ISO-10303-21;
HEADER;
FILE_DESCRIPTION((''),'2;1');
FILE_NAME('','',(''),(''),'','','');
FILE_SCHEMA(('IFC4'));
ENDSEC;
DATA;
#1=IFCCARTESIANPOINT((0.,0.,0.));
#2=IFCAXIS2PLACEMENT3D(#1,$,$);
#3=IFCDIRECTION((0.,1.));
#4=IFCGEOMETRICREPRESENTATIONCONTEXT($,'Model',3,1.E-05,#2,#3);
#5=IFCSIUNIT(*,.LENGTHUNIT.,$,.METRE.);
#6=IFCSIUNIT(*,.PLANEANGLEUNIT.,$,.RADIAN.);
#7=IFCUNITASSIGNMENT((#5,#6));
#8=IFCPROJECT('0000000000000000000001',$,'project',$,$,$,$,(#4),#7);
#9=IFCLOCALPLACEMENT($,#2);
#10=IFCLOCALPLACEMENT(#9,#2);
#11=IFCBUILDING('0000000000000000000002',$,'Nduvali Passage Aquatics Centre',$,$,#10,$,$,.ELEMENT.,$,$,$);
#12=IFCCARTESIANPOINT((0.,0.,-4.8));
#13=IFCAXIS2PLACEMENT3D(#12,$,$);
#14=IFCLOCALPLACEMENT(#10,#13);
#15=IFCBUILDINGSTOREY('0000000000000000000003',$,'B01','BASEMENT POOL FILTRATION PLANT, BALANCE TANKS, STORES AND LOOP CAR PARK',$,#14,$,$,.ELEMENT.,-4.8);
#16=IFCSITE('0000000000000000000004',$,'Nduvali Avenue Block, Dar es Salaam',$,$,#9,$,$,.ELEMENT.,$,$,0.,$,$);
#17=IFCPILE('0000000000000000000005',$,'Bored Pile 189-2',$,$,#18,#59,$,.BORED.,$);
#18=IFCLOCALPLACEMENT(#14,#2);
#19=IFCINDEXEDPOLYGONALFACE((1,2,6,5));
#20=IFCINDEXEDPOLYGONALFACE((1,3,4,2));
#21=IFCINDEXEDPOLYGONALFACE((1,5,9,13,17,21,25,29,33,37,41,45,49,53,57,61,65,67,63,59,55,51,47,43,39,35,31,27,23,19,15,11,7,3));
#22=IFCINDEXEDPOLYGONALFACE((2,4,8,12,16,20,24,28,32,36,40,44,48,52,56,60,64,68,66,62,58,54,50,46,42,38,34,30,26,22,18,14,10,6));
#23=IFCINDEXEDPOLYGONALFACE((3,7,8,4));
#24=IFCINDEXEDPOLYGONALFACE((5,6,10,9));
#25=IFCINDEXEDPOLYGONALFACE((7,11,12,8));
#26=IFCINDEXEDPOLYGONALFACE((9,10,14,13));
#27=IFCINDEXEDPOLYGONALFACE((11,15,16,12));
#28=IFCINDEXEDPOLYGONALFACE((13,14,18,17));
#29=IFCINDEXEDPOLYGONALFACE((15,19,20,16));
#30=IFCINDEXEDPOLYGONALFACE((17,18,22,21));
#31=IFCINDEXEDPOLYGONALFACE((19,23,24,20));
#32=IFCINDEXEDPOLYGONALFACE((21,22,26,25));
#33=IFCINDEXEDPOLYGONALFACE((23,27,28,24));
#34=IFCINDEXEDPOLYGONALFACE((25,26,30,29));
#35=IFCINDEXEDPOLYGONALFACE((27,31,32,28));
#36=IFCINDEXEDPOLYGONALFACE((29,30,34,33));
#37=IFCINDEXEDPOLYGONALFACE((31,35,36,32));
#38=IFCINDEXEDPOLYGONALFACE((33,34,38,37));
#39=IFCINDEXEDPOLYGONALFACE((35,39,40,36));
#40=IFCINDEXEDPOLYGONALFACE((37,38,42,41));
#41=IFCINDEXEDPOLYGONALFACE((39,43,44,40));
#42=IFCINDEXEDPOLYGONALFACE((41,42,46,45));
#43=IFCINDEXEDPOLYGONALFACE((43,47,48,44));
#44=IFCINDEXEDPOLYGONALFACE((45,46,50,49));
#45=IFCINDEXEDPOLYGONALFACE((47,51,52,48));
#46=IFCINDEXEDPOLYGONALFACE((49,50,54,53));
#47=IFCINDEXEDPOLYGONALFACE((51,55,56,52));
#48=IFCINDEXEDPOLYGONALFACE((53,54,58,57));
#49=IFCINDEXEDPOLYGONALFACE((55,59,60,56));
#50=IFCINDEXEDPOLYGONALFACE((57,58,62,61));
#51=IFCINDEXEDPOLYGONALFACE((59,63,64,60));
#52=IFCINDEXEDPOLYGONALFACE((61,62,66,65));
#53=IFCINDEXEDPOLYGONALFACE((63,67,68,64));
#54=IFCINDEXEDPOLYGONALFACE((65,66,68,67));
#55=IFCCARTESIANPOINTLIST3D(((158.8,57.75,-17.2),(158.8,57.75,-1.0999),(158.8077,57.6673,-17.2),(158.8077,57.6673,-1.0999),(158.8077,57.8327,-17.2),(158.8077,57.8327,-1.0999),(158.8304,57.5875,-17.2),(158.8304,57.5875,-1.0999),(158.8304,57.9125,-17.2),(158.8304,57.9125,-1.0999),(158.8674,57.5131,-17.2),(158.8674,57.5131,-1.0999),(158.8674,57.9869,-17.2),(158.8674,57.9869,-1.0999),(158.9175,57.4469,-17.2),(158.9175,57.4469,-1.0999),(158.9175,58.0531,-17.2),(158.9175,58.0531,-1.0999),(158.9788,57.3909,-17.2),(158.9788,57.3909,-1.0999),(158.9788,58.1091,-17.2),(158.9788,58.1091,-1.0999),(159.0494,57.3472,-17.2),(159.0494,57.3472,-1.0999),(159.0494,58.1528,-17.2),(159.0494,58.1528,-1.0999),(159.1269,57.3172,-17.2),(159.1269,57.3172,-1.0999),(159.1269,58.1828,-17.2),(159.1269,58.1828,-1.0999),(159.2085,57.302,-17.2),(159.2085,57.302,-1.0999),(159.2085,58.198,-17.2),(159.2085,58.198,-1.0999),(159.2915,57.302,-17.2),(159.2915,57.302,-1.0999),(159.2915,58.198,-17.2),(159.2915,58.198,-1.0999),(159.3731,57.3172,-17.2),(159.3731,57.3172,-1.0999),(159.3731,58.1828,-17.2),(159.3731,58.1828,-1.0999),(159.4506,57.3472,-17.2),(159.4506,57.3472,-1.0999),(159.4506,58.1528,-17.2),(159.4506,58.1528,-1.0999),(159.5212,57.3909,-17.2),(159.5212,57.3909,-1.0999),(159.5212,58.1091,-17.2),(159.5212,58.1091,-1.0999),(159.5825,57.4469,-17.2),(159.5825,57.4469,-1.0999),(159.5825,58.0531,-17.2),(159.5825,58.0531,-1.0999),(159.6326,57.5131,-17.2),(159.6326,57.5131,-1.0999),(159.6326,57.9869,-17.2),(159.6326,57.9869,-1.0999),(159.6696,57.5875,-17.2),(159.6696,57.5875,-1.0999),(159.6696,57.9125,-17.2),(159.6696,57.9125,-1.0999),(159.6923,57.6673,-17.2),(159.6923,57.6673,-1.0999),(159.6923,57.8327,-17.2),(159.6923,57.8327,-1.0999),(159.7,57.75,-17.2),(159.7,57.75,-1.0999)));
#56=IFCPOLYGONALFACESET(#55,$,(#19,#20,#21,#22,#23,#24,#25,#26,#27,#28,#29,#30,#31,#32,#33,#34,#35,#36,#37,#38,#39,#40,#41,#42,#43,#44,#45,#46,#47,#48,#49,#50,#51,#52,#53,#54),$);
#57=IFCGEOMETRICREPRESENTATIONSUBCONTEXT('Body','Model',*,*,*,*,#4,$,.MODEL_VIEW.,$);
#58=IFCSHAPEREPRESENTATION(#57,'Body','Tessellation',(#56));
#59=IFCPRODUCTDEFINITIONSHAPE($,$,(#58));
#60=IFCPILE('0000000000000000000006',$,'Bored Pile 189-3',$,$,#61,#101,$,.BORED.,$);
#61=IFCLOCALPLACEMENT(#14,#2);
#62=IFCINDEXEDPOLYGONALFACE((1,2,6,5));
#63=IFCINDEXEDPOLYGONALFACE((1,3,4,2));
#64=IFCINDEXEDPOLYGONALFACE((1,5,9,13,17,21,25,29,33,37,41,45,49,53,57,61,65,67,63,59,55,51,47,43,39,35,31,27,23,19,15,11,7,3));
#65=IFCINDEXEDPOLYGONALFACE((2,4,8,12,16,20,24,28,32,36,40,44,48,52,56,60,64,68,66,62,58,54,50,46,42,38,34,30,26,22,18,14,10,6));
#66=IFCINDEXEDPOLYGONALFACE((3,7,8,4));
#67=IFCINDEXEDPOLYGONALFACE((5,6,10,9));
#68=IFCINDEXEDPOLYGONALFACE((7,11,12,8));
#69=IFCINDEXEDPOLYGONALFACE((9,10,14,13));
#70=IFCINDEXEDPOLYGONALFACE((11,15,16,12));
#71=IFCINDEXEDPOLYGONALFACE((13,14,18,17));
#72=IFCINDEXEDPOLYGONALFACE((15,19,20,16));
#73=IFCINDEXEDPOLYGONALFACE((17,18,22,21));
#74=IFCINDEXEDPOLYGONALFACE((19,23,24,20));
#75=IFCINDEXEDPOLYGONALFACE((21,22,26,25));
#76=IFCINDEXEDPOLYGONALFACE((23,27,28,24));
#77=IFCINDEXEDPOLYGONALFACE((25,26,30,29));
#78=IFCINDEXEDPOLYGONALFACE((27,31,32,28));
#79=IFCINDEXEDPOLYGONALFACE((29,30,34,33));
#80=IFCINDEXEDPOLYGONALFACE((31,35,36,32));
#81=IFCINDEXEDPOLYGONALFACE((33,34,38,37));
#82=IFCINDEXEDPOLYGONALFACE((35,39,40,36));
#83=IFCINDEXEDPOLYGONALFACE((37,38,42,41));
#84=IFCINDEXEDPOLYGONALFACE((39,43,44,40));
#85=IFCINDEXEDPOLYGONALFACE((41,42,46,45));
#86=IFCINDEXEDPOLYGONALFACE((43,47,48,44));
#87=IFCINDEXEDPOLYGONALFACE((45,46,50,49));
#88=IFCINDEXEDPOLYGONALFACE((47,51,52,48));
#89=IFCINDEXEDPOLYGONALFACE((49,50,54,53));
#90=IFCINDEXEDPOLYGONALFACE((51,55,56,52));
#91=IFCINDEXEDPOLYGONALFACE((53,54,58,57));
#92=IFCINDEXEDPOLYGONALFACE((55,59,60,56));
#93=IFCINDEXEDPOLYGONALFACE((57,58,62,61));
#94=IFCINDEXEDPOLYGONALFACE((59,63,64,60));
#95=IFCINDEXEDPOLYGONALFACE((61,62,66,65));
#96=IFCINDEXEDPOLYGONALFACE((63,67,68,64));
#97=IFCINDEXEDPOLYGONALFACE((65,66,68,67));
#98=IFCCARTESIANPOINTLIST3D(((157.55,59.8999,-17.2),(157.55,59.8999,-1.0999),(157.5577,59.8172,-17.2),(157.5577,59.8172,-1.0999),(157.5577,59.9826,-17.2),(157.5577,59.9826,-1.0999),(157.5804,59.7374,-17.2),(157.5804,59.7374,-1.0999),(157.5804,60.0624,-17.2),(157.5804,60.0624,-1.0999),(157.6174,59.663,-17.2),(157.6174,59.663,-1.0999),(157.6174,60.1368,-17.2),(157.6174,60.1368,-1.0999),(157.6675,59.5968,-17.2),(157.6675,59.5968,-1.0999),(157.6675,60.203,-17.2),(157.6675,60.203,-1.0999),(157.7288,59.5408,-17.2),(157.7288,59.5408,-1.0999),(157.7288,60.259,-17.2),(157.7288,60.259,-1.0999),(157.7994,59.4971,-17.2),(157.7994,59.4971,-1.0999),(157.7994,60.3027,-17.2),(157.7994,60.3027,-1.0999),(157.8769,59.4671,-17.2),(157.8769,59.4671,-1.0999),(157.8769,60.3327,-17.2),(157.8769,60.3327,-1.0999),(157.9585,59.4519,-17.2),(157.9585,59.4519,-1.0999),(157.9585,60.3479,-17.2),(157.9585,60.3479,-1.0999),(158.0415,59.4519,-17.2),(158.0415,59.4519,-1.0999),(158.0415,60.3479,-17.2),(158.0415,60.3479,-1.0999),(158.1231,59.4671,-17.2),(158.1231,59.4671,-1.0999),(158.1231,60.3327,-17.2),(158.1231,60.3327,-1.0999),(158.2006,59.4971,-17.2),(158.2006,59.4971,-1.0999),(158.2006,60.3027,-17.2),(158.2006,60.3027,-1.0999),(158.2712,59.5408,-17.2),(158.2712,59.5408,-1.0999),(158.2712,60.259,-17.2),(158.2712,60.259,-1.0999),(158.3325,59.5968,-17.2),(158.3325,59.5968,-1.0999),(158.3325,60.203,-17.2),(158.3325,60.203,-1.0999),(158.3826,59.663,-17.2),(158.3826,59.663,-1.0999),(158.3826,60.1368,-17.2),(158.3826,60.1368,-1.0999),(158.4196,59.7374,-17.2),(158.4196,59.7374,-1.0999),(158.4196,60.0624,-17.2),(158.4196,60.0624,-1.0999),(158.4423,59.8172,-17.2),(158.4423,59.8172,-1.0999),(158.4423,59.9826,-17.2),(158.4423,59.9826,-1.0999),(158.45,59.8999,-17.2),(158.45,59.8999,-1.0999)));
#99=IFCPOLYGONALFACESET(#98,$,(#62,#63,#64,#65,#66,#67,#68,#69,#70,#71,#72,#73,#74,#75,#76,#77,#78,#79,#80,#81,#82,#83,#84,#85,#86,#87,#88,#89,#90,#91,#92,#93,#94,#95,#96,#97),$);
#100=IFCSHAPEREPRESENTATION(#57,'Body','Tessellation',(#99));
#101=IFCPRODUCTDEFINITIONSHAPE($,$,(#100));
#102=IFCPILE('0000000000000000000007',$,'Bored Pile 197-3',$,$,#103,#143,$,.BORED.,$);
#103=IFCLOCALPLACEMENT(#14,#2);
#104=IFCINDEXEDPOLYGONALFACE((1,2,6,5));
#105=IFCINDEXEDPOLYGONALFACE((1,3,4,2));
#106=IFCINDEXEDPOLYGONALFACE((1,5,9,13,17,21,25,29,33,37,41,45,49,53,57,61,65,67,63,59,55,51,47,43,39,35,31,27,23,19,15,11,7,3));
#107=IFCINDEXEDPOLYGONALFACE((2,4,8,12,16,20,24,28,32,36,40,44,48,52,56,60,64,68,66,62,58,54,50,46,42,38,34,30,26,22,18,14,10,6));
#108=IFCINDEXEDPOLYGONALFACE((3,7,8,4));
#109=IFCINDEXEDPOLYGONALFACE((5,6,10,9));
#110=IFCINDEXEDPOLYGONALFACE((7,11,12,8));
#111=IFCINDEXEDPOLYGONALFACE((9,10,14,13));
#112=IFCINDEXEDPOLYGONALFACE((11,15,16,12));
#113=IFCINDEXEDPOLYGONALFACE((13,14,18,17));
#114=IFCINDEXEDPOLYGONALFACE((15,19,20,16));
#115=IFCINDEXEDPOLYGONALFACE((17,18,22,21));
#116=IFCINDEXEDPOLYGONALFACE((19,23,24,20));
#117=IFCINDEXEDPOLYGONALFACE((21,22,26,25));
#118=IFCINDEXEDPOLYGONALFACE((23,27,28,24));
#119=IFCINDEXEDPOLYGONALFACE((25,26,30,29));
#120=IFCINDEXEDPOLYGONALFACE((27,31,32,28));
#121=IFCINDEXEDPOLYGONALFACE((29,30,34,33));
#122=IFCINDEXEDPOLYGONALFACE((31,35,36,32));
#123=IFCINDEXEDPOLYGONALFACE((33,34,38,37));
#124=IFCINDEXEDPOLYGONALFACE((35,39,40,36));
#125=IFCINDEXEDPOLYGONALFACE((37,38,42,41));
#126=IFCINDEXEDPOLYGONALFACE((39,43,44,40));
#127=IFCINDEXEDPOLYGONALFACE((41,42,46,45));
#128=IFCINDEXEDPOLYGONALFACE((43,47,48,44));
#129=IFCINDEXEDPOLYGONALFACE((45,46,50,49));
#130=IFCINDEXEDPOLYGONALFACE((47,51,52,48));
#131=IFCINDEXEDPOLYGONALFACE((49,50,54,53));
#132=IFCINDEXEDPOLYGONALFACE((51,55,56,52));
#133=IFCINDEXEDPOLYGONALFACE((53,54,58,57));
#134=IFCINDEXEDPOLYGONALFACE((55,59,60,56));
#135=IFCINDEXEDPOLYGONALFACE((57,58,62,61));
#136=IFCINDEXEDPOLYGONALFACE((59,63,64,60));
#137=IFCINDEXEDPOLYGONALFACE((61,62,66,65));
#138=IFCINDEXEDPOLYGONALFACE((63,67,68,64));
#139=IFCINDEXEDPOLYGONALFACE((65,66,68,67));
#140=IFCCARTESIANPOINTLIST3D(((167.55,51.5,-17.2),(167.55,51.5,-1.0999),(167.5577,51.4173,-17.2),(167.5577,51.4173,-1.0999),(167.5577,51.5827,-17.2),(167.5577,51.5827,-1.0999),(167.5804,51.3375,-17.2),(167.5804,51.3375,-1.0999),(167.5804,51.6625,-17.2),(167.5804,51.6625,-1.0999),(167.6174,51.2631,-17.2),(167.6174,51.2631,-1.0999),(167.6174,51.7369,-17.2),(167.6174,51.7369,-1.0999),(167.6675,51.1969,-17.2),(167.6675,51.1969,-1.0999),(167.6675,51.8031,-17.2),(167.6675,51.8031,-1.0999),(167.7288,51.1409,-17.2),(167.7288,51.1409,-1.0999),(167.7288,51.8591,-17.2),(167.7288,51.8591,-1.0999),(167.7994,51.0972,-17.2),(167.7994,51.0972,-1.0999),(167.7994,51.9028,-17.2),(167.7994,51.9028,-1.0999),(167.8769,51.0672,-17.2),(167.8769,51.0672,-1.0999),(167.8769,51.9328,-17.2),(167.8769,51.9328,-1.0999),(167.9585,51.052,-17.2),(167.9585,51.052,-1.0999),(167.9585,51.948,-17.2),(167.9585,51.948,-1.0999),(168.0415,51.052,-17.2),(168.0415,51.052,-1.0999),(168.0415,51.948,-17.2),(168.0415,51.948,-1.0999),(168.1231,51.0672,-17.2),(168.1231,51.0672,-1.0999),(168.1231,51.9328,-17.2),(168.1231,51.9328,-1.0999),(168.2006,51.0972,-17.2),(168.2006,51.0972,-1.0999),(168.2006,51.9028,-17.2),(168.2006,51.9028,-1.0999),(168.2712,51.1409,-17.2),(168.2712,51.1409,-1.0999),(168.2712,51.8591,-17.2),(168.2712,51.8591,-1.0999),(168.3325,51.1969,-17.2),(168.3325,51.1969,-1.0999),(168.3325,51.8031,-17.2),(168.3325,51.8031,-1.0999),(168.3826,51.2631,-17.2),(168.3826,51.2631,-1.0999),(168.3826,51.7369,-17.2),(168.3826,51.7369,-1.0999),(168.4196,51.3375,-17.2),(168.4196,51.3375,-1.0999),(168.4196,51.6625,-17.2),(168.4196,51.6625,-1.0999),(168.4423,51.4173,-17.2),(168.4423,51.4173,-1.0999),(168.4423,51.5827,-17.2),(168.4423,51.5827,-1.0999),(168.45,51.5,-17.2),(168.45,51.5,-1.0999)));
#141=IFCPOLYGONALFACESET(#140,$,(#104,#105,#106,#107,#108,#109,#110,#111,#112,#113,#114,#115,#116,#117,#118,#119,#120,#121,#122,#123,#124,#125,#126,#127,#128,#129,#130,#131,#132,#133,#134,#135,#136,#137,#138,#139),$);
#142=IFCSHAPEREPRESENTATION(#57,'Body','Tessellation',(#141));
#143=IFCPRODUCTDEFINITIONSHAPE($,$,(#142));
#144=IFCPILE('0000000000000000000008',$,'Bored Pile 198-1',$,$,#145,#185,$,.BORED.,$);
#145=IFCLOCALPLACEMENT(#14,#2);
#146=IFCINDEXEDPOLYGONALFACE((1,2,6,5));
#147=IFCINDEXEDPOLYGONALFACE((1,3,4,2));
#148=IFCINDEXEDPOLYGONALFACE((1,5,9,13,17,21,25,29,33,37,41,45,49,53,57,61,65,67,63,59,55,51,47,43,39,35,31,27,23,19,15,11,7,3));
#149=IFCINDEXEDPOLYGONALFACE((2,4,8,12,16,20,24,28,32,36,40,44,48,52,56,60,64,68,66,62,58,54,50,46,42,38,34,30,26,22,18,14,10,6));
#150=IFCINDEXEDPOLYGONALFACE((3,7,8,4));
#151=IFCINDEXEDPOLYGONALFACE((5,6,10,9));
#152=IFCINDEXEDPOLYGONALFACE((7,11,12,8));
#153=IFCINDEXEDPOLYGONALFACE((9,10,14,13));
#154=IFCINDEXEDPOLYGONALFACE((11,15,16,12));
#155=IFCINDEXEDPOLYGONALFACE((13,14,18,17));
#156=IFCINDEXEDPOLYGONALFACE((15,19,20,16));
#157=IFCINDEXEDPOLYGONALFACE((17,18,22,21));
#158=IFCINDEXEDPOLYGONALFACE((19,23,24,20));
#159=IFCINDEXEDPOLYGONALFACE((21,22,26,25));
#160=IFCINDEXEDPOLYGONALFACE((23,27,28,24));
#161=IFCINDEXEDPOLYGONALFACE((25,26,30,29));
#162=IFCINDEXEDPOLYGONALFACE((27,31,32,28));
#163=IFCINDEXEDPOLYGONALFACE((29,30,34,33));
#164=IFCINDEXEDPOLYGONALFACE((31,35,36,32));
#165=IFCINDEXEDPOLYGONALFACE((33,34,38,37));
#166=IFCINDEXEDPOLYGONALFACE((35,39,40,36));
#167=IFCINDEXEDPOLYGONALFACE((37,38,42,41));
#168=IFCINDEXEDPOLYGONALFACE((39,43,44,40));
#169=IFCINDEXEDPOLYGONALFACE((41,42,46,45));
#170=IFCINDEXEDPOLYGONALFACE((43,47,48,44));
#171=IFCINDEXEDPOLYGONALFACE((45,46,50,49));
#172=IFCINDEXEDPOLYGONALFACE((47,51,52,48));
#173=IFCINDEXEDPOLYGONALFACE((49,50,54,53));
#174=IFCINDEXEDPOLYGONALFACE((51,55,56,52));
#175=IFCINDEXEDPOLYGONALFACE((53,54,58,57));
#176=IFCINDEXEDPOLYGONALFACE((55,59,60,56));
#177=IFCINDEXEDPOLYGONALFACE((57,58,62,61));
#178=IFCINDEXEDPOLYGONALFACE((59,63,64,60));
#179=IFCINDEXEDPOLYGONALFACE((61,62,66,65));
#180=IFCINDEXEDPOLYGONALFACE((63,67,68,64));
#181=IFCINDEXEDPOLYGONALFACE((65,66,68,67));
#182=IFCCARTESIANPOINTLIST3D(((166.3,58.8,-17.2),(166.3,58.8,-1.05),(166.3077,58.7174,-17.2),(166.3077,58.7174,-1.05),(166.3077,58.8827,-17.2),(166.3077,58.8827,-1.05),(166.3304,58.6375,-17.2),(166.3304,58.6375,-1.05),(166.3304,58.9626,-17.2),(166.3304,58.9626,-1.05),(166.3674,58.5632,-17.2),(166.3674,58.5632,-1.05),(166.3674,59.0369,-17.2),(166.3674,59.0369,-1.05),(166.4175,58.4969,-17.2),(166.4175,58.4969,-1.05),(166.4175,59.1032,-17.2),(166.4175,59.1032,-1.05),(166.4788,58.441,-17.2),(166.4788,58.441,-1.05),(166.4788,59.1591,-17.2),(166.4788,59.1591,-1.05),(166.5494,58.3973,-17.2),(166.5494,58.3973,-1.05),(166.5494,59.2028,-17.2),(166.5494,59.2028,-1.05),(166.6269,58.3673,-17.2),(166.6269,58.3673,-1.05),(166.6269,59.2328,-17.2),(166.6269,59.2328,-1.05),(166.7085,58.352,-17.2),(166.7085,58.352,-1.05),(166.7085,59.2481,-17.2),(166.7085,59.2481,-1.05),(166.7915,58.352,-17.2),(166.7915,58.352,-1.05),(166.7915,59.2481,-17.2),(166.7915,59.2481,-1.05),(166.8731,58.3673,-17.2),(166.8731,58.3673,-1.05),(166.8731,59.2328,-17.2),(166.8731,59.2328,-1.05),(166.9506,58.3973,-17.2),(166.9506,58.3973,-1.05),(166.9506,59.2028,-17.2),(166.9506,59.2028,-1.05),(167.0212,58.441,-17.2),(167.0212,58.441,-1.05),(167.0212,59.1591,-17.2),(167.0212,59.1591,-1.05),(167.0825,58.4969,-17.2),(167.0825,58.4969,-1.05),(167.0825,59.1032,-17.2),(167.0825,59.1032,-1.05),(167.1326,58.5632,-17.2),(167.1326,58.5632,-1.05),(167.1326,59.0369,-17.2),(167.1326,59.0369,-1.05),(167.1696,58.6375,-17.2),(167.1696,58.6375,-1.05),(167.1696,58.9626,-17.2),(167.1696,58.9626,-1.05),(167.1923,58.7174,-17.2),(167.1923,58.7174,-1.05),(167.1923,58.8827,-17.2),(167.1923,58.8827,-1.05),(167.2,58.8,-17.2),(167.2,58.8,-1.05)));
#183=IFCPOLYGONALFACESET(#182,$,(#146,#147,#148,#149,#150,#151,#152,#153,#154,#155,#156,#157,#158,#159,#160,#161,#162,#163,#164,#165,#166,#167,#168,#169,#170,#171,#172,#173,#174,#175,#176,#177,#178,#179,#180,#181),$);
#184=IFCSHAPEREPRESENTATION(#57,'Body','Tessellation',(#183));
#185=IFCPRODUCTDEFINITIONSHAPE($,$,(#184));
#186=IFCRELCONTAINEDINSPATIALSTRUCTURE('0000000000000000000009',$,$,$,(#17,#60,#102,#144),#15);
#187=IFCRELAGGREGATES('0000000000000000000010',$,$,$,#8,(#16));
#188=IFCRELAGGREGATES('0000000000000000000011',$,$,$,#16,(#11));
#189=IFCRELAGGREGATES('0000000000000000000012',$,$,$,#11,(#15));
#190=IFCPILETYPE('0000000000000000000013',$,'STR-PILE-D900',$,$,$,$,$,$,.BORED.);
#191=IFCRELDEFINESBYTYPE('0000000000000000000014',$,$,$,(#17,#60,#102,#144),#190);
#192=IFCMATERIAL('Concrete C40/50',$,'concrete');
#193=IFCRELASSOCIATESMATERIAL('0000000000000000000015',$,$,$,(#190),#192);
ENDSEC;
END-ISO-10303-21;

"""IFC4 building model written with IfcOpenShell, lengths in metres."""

from ifc_helpers import new_model, si_unit, direction, frame, origin, origin_2d, place, context, subcontext, project, spatial, circle, extrude, material, material_profile, profile_set, type_object, element, save


model = new_model("IFC4")

# Units and contexts
model_context = context("Model", 3, precision=1e-05, world=origin(), true_north=direction((0.0, 1.0)))
body_context = subcontext(model_context, "Body", "Model", "MODEL_VIEW")
ifc_project = project(units=[si_unit("LENGTHUNIT", "METRE"), si_unit("PLANEANGLEUNIT", "RADIAN")], contexts=[model_context])

# Site, building, storey
site_placement = place(None, origin())
site = spatial("IfcSite", under=ifc_project, at=site_placement, Name="Nduvali Avenue Block, Dar es Salaam", CompositionType="ELEMENT", RefElevation=0.0)
building_placement = place(site_placement, origin())
building = spatial("IfcBuilding", under=site, at=building_placement, Name="Nduvali Passage Aquatics Centre", CompositionType="ELEMENT")
storey_placement = place(building_placement, frame((0.0, 0.0, -4.8)))
storey = spatial("IfcBuildingStorey", under=building, at=storey_placement, Name="B01", Description="BASEMENT POOL FILTRATION PLANT, BALANCE TANKS, STORES AND LOOP CAR PARK", CompositionType="ELEMENT", Elevation=-4.8)

# Shared definitions
ifc_material = material(Name="Concrete C40/50", Category="concrete")

# Piles
ifc_material_profile_1 = material_profile(ifc_material, circle(Radius=0.45, at=origin_2d()), Name="PILE D900")
ifc_profile_set_1 = profile_set([ifc_material_profile_1], Name="Concrete C40/50")
pile_type = type_object("IfcPileType", Name="STR-PILE-D900", PredefinedType="BORED", material=ifc_profile_set_1)
for number, where, z_axis, x_axis, name in (
    (1, (159.25, 57.75, -1.0999), (0.0, 0.0, -1.0), (1.0, 0.0, 0.0), "Bored Pile 189-2"),
    (2, (158.0, 59.8999, -1.0999), (0.0, 0.0, -1.0), (1.0, 0.0, 0.0), "Bored Pile 189-3"),
    (3, (168.0, 51.5, -1.0999), (0.0, 0.0, -1.0), (1.0, 0.0, 0.0), "Bored Pile 197-3"),
):
    element("IfcPile", number, at=place(storey_placement, frame(where, z_axis=z_axis, x_axis=x_axis)), inside=storey, type_object=pile_type, Name=name, PredefinedType="BORED", context=body_context, shape_type="SweptSolid", body=[
        extrude(circle(Radius=0.45, at=origin_2d()), origin(), (0.0, 0.0, 1.0), 16.1001),
    ])
for number, where, z_axis, x_axis, name in (
    (4, (166.75, 58.8, -1.05), (0.0, 0.0, -1.0), (1.0, 0.0, 0.0), "Bored Pile 198-1"),
):
    element("IfcPile", number, at=place(storey_placement, frame(where, z_axis=z_axis, x_axis=x_axis)), inside=storey, type_object=pile_type, Name=name, PredefinedType="BORED", context=body_context, shape_type="SweptSolid", body=[
        extrude(circle(Radius=0.45, at=origin_2d()), origin(), (0.0, 0.0, 1.0), 16.1499),
    ])

save(model, "model.ifc")
